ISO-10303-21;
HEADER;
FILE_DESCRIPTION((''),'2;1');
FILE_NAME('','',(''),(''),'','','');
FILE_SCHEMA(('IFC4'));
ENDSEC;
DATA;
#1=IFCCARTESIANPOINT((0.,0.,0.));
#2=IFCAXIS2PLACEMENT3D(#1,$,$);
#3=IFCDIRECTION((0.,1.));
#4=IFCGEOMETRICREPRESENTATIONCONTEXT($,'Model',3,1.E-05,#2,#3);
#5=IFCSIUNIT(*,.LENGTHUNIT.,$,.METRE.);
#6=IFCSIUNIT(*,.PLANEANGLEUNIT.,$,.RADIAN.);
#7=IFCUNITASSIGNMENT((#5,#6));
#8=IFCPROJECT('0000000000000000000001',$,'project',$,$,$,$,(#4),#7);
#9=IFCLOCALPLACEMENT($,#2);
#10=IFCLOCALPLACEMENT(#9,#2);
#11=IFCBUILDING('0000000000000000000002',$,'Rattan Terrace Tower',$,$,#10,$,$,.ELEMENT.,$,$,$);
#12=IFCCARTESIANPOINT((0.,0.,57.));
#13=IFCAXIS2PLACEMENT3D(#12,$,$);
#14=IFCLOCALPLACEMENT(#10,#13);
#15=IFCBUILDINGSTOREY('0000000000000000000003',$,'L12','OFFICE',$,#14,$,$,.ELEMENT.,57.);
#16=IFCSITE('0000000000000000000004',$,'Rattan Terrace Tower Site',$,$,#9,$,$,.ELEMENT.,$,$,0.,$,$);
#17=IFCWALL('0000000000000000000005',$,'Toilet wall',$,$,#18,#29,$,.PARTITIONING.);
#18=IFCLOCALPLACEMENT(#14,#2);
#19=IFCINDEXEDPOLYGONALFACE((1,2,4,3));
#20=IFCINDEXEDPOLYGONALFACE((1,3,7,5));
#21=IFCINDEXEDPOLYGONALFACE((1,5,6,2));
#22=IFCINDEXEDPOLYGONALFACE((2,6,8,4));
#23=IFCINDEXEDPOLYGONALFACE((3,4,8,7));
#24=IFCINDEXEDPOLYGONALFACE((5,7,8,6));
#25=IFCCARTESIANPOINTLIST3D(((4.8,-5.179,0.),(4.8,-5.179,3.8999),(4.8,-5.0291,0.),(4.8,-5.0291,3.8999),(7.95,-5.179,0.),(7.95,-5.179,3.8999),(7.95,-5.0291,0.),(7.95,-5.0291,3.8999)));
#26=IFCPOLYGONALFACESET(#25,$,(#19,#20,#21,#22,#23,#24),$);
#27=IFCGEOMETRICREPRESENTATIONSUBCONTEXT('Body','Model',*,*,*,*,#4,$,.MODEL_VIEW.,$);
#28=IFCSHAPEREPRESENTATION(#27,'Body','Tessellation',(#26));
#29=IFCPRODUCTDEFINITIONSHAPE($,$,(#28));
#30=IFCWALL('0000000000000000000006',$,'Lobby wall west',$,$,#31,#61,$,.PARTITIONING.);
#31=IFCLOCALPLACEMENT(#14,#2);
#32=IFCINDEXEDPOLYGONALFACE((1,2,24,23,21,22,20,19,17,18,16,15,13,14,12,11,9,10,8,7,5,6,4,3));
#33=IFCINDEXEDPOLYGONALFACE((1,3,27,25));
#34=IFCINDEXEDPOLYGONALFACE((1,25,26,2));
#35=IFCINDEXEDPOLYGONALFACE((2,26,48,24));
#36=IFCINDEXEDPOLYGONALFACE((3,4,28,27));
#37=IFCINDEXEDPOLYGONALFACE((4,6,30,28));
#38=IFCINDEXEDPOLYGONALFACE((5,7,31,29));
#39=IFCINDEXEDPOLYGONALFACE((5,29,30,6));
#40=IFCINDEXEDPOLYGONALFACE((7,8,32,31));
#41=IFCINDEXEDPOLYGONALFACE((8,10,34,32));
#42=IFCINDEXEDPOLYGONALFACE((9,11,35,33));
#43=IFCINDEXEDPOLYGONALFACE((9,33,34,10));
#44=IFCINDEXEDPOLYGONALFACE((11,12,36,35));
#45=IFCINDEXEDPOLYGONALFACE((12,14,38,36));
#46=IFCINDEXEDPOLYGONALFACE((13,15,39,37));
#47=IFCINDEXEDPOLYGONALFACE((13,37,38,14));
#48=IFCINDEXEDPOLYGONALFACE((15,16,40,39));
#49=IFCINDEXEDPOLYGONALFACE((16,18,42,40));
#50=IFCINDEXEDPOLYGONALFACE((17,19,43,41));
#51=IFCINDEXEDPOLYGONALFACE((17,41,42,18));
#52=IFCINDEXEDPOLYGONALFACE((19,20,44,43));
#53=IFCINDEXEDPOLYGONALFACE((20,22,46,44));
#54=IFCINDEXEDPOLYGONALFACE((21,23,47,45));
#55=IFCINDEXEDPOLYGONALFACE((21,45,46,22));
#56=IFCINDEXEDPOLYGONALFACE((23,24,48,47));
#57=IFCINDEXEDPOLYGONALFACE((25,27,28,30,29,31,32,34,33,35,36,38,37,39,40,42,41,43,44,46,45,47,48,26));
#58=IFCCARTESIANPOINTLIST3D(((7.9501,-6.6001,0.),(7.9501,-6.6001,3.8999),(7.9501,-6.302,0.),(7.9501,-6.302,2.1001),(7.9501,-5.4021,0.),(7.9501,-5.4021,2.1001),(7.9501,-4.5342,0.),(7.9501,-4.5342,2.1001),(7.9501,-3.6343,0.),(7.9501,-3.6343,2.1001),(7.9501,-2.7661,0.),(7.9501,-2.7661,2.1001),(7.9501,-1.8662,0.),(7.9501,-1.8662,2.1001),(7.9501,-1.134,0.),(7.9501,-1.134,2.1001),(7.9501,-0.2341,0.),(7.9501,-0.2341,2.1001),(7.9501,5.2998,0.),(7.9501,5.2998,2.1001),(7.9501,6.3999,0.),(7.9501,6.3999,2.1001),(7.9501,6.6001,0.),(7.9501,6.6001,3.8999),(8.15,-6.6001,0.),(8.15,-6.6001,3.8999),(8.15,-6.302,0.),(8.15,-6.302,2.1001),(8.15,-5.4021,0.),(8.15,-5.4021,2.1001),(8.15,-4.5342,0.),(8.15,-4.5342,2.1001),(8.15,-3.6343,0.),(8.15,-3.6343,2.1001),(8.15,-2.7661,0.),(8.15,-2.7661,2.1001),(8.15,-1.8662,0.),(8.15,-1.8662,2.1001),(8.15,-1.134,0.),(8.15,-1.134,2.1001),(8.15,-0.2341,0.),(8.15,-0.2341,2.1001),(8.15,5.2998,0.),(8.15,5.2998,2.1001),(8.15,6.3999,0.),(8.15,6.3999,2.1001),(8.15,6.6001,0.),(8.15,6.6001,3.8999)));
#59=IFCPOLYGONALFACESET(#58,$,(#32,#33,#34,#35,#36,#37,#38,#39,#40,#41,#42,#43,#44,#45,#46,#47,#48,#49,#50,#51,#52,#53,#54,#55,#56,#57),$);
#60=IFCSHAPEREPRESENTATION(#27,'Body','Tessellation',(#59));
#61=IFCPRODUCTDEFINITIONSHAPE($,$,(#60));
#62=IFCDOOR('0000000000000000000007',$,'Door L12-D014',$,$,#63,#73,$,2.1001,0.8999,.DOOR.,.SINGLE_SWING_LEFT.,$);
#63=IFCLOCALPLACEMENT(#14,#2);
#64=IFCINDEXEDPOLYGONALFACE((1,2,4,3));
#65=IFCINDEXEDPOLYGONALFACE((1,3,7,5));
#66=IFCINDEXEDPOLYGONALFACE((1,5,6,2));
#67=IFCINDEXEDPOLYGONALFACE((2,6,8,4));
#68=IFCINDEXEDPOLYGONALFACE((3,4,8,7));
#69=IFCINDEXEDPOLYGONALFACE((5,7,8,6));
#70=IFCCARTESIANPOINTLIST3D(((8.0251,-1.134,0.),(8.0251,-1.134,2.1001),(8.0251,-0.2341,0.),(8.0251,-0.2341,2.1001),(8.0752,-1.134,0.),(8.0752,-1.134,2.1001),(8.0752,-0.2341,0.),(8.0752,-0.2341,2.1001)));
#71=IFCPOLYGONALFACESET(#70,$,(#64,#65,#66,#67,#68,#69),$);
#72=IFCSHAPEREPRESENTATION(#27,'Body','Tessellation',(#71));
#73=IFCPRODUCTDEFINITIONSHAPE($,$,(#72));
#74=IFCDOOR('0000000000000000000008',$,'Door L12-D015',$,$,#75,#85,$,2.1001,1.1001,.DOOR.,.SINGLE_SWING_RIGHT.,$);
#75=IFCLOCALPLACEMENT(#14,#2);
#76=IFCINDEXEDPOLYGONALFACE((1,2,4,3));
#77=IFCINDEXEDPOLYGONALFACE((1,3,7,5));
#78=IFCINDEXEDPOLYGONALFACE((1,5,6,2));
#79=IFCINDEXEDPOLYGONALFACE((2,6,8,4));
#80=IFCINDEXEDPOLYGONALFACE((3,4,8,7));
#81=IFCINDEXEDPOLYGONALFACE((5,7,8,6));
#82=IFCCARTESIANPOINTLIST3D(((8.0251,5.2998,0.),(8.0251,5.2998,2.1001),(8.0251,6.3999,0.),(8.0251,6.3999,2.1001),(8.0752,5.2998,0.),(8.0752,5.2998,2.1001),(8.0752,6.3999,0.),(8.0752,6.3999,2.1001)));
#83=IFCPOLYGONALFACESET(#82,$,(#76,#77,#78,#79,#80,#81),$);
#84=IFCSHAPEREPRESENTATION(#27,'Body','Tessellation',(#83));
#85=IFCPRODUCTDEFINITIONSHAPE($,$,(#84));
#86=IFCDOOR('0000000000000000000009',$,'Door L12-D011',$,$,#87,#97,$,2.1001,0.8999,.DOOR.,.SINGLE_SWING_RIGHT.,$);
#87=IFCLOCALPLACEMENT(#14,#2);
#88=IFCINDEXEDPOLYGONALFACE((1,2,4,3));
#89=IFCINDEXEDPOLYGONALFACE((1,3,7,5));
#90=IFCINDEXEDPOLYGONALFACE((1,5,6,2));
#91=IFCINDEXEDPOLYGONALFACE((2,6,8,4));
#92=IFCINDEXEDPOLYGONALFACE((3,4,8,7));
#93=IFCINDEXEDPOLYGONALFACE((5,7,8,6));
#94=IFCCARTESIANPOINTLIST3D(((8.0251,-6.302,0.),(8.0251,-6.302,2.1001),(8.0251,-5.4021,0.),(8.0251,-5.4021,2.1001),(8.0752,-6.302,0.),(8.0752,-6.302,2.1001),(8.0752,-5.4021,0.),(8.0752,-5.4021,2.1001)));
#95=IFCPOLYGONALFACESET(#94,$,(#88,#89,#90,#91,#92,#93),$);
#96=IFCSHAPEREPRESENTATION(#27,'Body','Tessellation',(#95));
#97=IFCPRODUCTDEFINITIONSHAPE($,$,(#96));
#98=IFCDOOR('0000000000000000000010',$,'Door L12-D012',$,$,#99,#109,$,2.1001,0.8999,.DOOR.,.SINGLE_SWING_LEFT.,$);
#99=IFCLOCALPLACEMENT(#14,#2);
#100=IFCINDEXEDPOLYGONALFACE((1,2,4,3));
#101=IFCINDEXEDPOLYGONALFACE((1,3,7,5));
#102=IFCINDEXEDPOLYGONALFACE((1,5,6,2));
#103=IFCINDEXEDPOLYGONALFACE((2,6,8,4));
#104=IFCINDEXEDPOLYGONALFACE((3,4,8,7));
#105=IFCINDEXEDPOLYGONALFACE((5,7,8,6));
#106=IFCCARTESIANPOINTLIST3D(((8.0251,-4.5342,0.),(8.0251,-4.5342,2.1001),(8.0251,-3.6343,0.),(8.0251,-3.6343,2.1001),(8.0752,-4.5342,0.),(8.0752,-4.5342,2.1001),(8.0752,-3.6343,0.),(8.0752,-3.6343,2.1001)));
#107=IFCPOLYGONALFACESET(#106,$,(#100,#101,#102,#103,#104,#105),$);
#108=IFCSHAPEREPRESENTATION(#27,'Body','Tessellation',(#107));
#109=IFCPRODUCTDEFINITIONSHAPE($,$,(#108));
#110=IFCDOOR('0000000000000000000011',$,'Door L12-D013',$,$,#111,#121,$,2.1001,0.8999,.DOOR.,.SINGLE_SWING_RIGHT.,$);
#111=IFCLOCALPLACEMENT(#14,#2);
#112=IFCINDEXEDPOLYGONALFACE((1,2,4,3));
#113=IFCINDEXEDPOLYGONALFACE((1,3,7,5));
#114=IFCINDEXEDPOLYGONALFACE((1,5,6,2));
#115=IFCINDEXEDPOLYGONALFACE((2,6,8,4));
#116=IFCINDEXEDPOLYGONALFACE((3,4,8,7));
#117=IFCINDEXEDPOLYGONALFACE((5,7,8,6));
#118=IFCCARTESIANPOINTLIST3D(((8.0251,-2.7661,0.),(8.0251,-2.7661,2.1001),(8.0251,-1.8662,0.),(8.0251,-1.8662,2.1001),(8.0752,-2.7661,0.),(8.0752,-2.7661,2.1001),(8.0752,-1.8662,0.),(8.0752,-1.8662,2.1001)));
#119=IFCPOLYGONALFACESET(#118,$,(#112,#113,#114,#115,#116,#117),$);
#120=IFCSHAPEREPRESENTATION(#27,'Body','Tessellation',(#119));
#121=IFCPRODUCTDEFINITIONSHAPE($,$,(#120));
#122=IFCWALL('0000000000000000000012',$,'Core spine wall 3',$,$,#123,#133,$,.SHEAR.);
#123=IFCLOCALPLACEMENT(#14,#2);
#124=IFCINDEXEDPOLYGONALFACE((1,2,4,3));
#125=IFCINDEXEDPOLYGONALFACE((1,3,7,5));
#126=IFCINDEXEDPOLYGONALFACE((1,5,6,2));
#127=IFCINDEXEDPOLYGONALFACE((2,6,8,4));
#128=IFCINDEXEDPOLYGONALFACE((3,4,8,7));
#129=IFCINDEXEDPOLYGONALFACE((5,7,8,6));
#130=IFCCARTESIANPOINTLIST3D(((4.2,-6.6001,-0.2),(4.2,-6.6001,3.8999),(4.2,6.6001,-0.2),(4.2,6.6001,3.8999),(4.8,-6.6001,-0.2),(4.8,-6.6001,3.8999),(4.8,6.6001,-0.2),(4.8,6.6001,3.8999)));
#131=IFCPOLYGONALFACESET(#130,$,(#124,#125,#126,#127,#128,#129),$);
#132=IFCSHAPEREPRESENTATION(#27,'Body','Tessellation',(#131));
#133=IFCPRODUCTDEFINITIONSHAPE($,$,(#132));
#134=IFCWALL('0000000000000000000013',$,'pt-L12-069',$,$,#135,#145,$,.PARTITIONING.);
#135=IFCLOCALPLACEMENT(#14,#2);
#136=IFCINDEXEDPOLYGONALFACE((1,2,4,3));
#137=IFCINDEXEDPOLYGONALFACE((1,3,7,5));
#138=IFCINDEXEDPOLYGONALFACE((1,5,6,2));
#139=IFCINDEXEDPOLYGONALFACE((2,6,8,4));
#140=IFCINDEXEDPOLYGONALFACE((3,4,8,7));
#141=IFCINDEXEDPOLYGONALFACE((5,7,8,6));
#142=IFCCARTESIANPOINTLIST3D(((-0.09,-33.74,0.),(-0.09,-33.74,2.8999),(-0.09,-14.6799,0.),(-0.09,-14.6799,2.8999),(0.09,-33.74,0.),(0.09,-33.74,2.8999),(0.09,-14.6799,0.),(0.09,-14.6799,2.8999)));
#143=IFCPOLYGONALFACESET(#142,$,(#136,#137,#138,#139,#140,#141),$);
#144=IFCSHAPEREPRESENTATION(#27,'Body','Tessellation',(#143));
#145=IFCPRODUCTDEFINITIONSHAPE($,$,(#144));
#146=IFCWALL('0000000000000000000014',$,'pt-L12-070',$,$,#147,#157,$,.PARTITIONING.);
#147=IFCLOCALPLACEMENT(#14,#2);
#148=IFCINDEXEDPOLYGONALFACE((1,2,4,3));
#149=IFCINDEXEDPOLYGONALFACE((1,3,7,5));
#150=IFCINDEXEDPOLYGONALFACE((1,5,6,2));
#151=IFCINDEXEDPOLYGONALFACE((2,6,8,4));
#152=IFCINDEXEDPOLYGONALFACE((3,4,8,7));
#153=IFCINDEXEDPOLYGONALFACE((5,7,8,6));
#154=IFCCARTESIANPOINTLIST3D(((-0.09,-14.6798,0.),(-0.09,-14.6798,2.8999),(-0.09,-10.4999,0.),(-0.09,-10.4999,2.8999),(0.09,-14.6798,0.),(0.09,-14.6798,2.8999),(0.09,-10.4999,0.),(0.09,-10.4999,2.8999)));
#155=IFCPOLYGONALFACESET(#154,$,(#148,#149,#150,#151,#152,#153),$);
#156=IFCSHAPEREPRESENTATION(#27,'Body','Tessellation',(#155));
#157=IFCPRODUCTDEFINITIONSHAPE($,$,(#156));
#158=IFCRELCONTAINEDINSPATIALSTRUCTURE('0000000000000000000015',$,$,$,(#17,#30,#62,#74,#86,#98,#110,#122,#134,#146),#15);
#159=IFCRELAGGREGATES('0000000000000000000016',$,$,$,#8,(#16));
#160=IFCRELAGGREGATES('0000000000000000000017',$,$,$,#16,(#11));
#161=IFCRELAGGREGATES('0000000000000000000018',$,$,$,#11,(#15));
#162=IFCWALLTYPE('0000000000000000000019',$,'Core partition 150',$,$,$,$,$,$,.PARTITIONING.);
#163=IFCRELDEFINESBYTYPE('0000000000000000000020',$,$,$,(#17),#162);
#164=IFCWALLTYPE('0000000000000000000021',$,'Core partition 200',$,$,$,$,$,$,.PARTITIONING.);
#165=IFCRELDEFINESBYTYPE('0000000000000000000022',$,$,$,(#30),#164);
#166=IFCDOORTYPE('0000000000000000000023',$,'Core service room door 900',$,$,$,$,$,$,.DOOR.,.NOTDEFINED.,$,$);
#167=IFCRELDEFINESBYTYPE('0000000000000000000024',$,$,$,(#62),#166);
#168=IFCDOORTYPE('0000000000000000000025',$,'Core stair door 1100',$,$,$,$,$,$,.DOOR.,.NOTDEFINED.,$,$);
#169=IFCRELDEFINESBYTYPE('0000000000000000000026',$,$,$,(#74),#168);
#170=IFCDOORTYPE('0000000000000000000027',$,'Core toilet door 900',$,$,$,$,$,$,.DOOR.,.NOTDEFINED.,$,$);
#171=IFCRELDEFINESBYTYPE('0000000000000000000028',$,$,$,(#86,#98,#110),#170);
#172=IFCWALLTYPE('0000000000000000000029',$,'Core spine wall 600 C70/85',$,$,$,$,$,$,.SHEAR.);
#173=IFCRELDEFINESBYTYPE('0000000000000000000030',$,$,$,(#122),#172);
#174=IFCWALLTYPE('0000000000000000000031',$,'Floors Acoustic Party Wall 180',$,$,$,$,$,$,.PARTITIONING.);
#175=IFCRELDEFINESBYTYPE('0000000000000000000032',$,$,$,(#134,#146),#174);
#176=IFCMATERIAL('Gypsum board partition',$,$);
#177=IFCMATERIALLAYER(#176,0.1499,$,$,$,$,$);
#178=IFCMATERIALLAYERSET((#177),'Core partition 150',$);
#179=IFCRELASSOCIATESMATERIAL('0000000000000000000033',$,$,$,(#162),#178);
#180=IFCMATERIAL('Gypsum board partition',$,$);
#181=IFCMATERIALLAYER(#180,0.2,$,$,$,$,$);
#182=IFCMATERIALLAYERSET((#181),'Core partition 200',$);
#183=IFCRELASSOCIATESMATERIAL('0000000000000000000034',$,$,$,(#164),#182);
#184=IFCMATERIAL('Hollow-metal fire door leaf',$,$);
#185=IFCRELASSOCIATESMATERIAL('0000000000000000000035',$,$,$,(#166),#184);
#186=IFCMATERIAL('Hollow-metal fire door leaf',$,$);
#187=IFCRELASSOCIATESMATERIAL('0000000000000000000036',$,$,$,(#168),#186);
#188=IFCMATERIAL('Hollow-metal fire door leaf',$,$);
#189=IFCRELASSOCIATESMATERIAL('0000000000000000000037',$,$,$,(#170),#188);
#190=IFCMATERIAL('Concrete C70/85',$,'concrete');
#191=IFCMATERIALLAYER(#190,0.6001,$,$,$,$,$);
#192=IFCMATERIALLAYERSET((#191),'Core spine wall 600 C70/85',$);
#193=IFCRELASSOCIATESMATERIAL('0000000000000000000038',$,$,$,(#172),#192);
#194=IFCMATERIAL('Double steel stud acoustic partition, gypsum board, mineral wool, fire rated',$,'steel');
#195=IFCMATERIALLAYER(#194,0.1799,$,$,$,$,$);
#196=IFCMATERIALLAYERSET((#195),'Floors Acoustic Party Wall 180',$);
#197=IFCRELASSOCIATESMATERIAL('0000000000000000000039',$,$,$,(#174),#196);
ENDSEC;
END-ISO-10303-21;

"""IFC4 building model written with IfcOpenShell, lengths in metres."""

from ifc_helpers import new_model, si_unit, direction, frame, frame_2d, origin, place, context, subcontext, project, spatial, rectangle, extrude, material, layer, layer_set, type_object, element, fill, save


model = new_model("IFC4")

# Units and contexts
model_context = context("Model", 3, precision=1e-05, world=origin(), true_north=direction((0.0, 1.0)))
body_context = subcontext(model_context, "Body", "Model", "MODEL_VIEW")
ifc_project = project(units=[si_unit("LENGTHUNIT", "METRE"), si_unit("PLANEANGLEUNIT", "RADIAN")], contexts=[model_context])

# Site, building, storey
site_placement = place(None, origin())
site = spatial("IfcSite", under=ifc_project, at=site_placement, Name="Rattan Terrace Tower Site", CompositionType="ELEMENT", RefElevation=0.0)
building_placement = place(site_placement, origin())
building = spatial("IfcBuilding", under=site, at=building_placement, Name="Rattan Terrace Tower", CompositionType="ELEMENT")
storey_placement = place(building_placement, frame((0.0, 0.0, 57.0)))
storey = spatial("IfcBuildingStorey", under=building, at=storey_placement, Name="L12", Description="OFFICE", CompositionType="ELEMENT", Elevation=57.0)

# Wall
ifc_material_1 = material(Name="Gypsum board partition")
ifc_layer_1 = layer(ifc_material_1, 0.1499)
ifc_layer_set_1 = layer_set([ifc_layer_1], Name="Core partition 150")
wall_type_1 = type_object("IfcWallType", Name="Core partition 150", PredefinedType="PARTITIONING", material=ifc_layer_set_1)
wall_1_placement = place(storey_placement, frame((4.8, -5.104, 0.0), z_axis=(0.0, 0.0, 1.0), x_axis=(1.0, 0.0, 0.0)))
element("IfcWall", 1, at=wall_1_placement, inside=storey, type_object=wall_type_1, Name="Toilet wall", PredefinedType="PARTITIONING", context=body_context, shape_type="SweptSolid", body=[
    extrude(rectangle(XDim=3.1499, YDim=0.1499, at=frame_2d((1.575, 0.0))), origin(), (0.0, 0.0, 1.0), 3.8999),
])

# Wall, openings, doors
ifc_material_2 = material(Name="Gypsum board partition")
ifc_layer_2 = layer(ifc_material_2, 0.2)
ifc_layer_set_2 = layer_set([ifc_layer_2], Name="Core partition 200")
wall_type_2 = type_object("IfcWallType", Name="Core partition 200", PredefinedType="PARTITIONING", material=ifc_layer_set_2)
wall_2_placement = place(storey_placement, frame((8.05, -6.6001, 0.0), z_axis=(0.0, 0.0, 1.0), x_axis=(0.0, 1.0, 0.0)))
wall_2 = element("IfcWall", 2, at=wall_2_placement, inside=storey, type_object=wall_type_2, Name="Lobby wall west", PredefinedType="PARTITIONING", context=body_context, shape_type="SweptSolid", body=[
    extrude(rectangle(XDim=13.2002, YDim=0.2, at=frame_2d((6.6001, 0.0))), origin(), (0.0, 0.0, 1.0), 3.8999),
])
opening_1_placement = place(wall_2_placement, frame((0.2981, 0.0, 0.0)))
opening_1 = element("IfcOpeningElement", 3, at=opening_1_placement, cuts=wall_2, PredefinedType="OPENING", context=body_context, shape_type="SweptSolid", body=[
    extrude(rectangle(XDim=0.8999, YDim=2.1001, at=frame_2d((0.45, 1.05))), frame((0.0, 0.1106, 0.0), z_axis=(0.0, -1.0, 0.0), x_axis=(1.0, 0.0, 0.0)), (0.0, 0.0, 1.0), 0.2209),
])
opening_2_placement = place(wall_2_placement, frame((2.0659, 0.0, 0.0)))
opening_2 = element("IfcOpeningElement", 4, at=opening_2_placement, cuts=wall_2, PredefinedType="OPENING", context=body_context, shape_type="SweptSolid", body=[
    extrude(rectangle(XDim=0.8999, YDim=2.1001, at=frame_2d((0.45, 1.05))), frame((0.0, 0.1106, 0.0), z_axis=(0.0, -1.0, 0.0), x_axis=(1.0, 0.0, 0.0)), (0.0, 0.0, 1.0), 0.2209),
])
opening_3_placement = place(wall_2_placement, frame((3.834, 0.0, 0.0)))
opening_3 = element("IfcOpeningElement", 5, at=opening_3_placement, cuts=wall_2, PredefinedType="OPENING", context=body_context, shape_type="SweptSolid", body=[
    extrude(rectangle(XDim=0.8999, YDim=2.1001, at=frame_2d((0.45, 1.05))), frame((0.0, 0.1106, 0.0), z_axis=(0.0, -1.0, 0.0), x_axis=(1.0, 0.0, 0.0)), (0.0, 0.0, 1.0), 0.2209),
])
opening_4_placement = place(wall_2_placement, frame((5.4661, 0.0, 0.0)))
opening_4 = element("IfcOpeningElement", 6, at=opening_4_placement, cuts=wall_2, PredefinedType="OPENING", context=body_context, shape_type="SweptSolid", body=[
    extrude(rectangle(XDim=0.8999, YDim=2.1001, at=frame_2d((0.45, 1.05))), frame((0.0, 0.1106, 0.0), z_axis=(0.0, -1.0, 0.0), x_axis=(1.0, 0.0, 0.0)), (0.0, 0.0, 1.0), 0.2209),
])
opening_5_placement = place(wall_2_placement, frame((11.8999, 0.0, 0.0)))
opening_5 = element("IfcOpeningElement", 7, at=opening_5_placement, cuts=wall_2, PredefinedType="OPENING", context=body_context, shape_type="SweptSolid", body=[
    extrude(rectangle(XDim=1.1001, YDim=2.1001, at=frame_2d((0.55, 1.05))), frame((0.0, 0.1106, 0.0), z_axis=(0.0, -1.0, 0.0), x_axis=(1.0, 0.0, 0.0)), (0.0, 0.0, 1.0), 0.2209),
])
ifc_material_3 = material(Name="Hollow-metal fire door leaf")
door_type_1 = type_object("IfcDoorType", Name="Core service room door 900", OperationType="NOTDEFINED", PredefinedType="DOOR", material=ifc_material_3)
door_1_placement = place(opening_4_placement, origin())
door_1 = element("IfcDoor", 8, at=door_1_placement, inside=storey, type_object=door_type_1, Name="Door L12-D014", OperationType="SINGLE_SWING_LEFT", OverallHeight=2.1001, OverallWidth=0.8999, PredefinedType="DOOR", context=body_context, shape_type="SweptSolid", body=[
    extrude(rectangle(XDim=0.8999, YDim=2.1001, at=frame_2d((0.45, 1.05))), frame((0.0, 0.0249, 0.0), z_axis=(0.0, -1.0, 0.0), x_axis=(1.0, 0.0, 0.0)), (0.0, 0.0, 1.0), 0.05),
])
fill(opening_4, door_1)
ifc_material_4 = material(Name="Hollow-metal fire door leaf")
door_type_2 = type_object("IfcDoorType", Name="Core stair door 1100", OperationType="NOTDEFINED", PredefinedType="DOOR", material=ifc_material_4)
door_2_placement = place(opening_5_placement, origin())
door_2 = element("IfcDoor", 9, at=door_2_placement, inside=storey, type_object=door_type_2, Name="Door L12-D015", OperationType="SINGLE_SWING_RIGHT", OverallHeight=2.1001, OverallWidth=1.1001, PredefinedType="DOOR", context=body_context, shape_type="SweptSolid", body=[
    extrude(rectangle(XDim=1.1001, YDim=2.1001, at=frame_2d((0.55, 1.05))), frame((0.0, 0.0249, 0.0), z_axis=(0.0, -1.0, 0.0), x_axis=(1.0, 0.0, 0.0)), (0.0, 0.0, 1.0), 0.05),
])
fill(opening_5, door_2)
ifc_material_5 = material(Name="Hollow-metal fire door leaf")
door_type_3 = type_object("IfcDoorType", Name="Core toilet door 900", OperationType="NOTDEFINED", PredefinedType="DOOR", material=ifc_material_5)
door_3_placement = place(opening_1_placement, origin())
door_3 = element("IfcDoor", 10, at=door_3_placement, inside=storey, type_object=door_type_3, Name="Door L12-D011", OperationType="SINGLE_SWING_RIGHT", OverallHeight=2.1001, OverallWidth=0.8999, PredefinedType="DOOR", context=body_context, shape_type="SweptSolid", body=[
    extrude(rectangle(XDim=0.8999, YDim=2.1001, at=frame_2d((0.45, 1.05))), frame((0.0, 0.0249, 0.0), z_axis=(0.0, -1.0, 0.0), x_axis=(1.0, 0.0, 0.0)), (0.0, 0.0, 1.0), 0.05),
])
fill(opening_1, door_3)
door_4_placement = place(opening_2_placement, origin())
door_4 = element("IfcDoor", 11, at=door_4_placement, inside=storey, type_object=door_type_3, Name="Door L12-D012", OperationType="SINGLE_SWING_LEFT", OverallHeight=2.1001, OverallWidth=0.8999, PredefinedType="DOOR", context=body_context, shape_type="SweptSolid", body=[
    extrude(rectangle(XDim=0.8999, YDim=2.1001, at=frame_2d((0.45, 1.05))), frame((0.0, 0.0249, 0.0), z_axis=(0.0, -1.0, 0.0), x_axis=(1.0, 0.0, 0.0)), (0.0, 0.0, 1.0), 0.05),
])
fill(opening_2, door_4)
door_5_placement = place(opening_3_placement, origin())
door_5 = element("IfcDoor", 12, at=door_5_placement, inside=storey, type_object=door_type_3, Name="Door L12-D013", OperationType="SINGLE_SWING_RIGHT", OverallHeight=2.1001, OverallWidth=0.8999, PredefinedType="DOOR", context=body_context, shape_type="SweptSolid", body=[
    extrude(rectangle(XDim=0.8999, YDim=2.1001, at=frame_2d((0.45, 1.05))), frame((0.0, 0.0249, 0.0), z_axis=(0.0, -1.0, 0.0), x_axis=(1.0, 0.0, 0.0)), (0.0, 0.0, 1.0), 0.05),
])
fill(opening_3, door_5)

# Walls
ifc_material_6 = material(Name="Concrete C70/85", Category="concrete")
ifc_layer_3 = layer(ifc_material_6, 0.6001)
ifc_layer_set_3 = layer_set([ifc_layer_3], Name="Core spine wall 600 C70/85")
wall_type_3 = type_object("IfcWallType", Name="Core spine wall 600 C70/85", PredefinedType="SHEAR", material=ifc_layer_set_3)
wall_3_placement = place(storey_placement, frame((4.5, -6.6001, -0.2), z_axis=(0.0, 0.0, 1.0), x_axis=(0.0, 1.0, 0.0)))
element("IfcWall", 13, at=wall_3_placement, inside=storey, type_object=wall_type_3, Name="Core spine wall 3", PredefinedType="SHEAR", context=body_context, shape_type="SweptSolid", body=[
    extrude(rectangle(XDim=13.2002, YDim=0.6001, at=frame_2d((6.6001, 0.0))), origin(), (0.0, 0.0, 1.0), 4.0999),
])
ifc_material_7 = material(Name="Double steel stud acoustic partition, gypsum board, mineral wool, fire rated", Category="steel")
ifc_layer_4 = layer(ifc_material_7, 0.1799)
ifc_layer_set_4 = layer_set([ifc_layer_4], Name="Floors Acoustic Party Wall 180")
wall_type_4 = type_object("IfcWallType", Name="Floors Acoustic Party Wall 180", PredefinedType="PARTITIONING", material=ifc_layer_set_4)
wall_4_placement = place(storey_placement, frame((0.0, -14.6799, 0.0), z_axis=(0.0, 0.0, 1.0), x_axis=(0.0, -1.0, 0.0)))
element("IfcWall", 14, at=wall_4_placement, inside=storey, type_object=wall_type_4, Name="pt-L12-069", PredefinedType="PARTITIONING", context=body_context, shape_type="SweptSolid", body=[
    extrude(rectangle(XDim=19.0601, YDim=0.1799, at=frame_2d((9.53, 0.0))), origin(), (0.0, 0.0, 1.0), 2.8999),
])
wall_5_placement = place(storey_placement, frame((0.0, -10.5, 0.0), z_axis=(0.0, 0.0, 1.0), x_axis=(0.0, -1.0, 0.0)))
element("IfcWall", 15, at=wall_5_placement, inside=storey, type_object=wall_type_4, Name="pt-L12-070", PredefinedType="PARTITIONING", context=body_context, shape_type="SweptSolid", body=[
    extrude(rectangle(XDim=4.1799, YDim=0.1799, at=frame_2d((2.0898, 0.0))), origin(), (0.0, 0.0, 1.0), 2.8999),
])

save(model, "model.ifc")
